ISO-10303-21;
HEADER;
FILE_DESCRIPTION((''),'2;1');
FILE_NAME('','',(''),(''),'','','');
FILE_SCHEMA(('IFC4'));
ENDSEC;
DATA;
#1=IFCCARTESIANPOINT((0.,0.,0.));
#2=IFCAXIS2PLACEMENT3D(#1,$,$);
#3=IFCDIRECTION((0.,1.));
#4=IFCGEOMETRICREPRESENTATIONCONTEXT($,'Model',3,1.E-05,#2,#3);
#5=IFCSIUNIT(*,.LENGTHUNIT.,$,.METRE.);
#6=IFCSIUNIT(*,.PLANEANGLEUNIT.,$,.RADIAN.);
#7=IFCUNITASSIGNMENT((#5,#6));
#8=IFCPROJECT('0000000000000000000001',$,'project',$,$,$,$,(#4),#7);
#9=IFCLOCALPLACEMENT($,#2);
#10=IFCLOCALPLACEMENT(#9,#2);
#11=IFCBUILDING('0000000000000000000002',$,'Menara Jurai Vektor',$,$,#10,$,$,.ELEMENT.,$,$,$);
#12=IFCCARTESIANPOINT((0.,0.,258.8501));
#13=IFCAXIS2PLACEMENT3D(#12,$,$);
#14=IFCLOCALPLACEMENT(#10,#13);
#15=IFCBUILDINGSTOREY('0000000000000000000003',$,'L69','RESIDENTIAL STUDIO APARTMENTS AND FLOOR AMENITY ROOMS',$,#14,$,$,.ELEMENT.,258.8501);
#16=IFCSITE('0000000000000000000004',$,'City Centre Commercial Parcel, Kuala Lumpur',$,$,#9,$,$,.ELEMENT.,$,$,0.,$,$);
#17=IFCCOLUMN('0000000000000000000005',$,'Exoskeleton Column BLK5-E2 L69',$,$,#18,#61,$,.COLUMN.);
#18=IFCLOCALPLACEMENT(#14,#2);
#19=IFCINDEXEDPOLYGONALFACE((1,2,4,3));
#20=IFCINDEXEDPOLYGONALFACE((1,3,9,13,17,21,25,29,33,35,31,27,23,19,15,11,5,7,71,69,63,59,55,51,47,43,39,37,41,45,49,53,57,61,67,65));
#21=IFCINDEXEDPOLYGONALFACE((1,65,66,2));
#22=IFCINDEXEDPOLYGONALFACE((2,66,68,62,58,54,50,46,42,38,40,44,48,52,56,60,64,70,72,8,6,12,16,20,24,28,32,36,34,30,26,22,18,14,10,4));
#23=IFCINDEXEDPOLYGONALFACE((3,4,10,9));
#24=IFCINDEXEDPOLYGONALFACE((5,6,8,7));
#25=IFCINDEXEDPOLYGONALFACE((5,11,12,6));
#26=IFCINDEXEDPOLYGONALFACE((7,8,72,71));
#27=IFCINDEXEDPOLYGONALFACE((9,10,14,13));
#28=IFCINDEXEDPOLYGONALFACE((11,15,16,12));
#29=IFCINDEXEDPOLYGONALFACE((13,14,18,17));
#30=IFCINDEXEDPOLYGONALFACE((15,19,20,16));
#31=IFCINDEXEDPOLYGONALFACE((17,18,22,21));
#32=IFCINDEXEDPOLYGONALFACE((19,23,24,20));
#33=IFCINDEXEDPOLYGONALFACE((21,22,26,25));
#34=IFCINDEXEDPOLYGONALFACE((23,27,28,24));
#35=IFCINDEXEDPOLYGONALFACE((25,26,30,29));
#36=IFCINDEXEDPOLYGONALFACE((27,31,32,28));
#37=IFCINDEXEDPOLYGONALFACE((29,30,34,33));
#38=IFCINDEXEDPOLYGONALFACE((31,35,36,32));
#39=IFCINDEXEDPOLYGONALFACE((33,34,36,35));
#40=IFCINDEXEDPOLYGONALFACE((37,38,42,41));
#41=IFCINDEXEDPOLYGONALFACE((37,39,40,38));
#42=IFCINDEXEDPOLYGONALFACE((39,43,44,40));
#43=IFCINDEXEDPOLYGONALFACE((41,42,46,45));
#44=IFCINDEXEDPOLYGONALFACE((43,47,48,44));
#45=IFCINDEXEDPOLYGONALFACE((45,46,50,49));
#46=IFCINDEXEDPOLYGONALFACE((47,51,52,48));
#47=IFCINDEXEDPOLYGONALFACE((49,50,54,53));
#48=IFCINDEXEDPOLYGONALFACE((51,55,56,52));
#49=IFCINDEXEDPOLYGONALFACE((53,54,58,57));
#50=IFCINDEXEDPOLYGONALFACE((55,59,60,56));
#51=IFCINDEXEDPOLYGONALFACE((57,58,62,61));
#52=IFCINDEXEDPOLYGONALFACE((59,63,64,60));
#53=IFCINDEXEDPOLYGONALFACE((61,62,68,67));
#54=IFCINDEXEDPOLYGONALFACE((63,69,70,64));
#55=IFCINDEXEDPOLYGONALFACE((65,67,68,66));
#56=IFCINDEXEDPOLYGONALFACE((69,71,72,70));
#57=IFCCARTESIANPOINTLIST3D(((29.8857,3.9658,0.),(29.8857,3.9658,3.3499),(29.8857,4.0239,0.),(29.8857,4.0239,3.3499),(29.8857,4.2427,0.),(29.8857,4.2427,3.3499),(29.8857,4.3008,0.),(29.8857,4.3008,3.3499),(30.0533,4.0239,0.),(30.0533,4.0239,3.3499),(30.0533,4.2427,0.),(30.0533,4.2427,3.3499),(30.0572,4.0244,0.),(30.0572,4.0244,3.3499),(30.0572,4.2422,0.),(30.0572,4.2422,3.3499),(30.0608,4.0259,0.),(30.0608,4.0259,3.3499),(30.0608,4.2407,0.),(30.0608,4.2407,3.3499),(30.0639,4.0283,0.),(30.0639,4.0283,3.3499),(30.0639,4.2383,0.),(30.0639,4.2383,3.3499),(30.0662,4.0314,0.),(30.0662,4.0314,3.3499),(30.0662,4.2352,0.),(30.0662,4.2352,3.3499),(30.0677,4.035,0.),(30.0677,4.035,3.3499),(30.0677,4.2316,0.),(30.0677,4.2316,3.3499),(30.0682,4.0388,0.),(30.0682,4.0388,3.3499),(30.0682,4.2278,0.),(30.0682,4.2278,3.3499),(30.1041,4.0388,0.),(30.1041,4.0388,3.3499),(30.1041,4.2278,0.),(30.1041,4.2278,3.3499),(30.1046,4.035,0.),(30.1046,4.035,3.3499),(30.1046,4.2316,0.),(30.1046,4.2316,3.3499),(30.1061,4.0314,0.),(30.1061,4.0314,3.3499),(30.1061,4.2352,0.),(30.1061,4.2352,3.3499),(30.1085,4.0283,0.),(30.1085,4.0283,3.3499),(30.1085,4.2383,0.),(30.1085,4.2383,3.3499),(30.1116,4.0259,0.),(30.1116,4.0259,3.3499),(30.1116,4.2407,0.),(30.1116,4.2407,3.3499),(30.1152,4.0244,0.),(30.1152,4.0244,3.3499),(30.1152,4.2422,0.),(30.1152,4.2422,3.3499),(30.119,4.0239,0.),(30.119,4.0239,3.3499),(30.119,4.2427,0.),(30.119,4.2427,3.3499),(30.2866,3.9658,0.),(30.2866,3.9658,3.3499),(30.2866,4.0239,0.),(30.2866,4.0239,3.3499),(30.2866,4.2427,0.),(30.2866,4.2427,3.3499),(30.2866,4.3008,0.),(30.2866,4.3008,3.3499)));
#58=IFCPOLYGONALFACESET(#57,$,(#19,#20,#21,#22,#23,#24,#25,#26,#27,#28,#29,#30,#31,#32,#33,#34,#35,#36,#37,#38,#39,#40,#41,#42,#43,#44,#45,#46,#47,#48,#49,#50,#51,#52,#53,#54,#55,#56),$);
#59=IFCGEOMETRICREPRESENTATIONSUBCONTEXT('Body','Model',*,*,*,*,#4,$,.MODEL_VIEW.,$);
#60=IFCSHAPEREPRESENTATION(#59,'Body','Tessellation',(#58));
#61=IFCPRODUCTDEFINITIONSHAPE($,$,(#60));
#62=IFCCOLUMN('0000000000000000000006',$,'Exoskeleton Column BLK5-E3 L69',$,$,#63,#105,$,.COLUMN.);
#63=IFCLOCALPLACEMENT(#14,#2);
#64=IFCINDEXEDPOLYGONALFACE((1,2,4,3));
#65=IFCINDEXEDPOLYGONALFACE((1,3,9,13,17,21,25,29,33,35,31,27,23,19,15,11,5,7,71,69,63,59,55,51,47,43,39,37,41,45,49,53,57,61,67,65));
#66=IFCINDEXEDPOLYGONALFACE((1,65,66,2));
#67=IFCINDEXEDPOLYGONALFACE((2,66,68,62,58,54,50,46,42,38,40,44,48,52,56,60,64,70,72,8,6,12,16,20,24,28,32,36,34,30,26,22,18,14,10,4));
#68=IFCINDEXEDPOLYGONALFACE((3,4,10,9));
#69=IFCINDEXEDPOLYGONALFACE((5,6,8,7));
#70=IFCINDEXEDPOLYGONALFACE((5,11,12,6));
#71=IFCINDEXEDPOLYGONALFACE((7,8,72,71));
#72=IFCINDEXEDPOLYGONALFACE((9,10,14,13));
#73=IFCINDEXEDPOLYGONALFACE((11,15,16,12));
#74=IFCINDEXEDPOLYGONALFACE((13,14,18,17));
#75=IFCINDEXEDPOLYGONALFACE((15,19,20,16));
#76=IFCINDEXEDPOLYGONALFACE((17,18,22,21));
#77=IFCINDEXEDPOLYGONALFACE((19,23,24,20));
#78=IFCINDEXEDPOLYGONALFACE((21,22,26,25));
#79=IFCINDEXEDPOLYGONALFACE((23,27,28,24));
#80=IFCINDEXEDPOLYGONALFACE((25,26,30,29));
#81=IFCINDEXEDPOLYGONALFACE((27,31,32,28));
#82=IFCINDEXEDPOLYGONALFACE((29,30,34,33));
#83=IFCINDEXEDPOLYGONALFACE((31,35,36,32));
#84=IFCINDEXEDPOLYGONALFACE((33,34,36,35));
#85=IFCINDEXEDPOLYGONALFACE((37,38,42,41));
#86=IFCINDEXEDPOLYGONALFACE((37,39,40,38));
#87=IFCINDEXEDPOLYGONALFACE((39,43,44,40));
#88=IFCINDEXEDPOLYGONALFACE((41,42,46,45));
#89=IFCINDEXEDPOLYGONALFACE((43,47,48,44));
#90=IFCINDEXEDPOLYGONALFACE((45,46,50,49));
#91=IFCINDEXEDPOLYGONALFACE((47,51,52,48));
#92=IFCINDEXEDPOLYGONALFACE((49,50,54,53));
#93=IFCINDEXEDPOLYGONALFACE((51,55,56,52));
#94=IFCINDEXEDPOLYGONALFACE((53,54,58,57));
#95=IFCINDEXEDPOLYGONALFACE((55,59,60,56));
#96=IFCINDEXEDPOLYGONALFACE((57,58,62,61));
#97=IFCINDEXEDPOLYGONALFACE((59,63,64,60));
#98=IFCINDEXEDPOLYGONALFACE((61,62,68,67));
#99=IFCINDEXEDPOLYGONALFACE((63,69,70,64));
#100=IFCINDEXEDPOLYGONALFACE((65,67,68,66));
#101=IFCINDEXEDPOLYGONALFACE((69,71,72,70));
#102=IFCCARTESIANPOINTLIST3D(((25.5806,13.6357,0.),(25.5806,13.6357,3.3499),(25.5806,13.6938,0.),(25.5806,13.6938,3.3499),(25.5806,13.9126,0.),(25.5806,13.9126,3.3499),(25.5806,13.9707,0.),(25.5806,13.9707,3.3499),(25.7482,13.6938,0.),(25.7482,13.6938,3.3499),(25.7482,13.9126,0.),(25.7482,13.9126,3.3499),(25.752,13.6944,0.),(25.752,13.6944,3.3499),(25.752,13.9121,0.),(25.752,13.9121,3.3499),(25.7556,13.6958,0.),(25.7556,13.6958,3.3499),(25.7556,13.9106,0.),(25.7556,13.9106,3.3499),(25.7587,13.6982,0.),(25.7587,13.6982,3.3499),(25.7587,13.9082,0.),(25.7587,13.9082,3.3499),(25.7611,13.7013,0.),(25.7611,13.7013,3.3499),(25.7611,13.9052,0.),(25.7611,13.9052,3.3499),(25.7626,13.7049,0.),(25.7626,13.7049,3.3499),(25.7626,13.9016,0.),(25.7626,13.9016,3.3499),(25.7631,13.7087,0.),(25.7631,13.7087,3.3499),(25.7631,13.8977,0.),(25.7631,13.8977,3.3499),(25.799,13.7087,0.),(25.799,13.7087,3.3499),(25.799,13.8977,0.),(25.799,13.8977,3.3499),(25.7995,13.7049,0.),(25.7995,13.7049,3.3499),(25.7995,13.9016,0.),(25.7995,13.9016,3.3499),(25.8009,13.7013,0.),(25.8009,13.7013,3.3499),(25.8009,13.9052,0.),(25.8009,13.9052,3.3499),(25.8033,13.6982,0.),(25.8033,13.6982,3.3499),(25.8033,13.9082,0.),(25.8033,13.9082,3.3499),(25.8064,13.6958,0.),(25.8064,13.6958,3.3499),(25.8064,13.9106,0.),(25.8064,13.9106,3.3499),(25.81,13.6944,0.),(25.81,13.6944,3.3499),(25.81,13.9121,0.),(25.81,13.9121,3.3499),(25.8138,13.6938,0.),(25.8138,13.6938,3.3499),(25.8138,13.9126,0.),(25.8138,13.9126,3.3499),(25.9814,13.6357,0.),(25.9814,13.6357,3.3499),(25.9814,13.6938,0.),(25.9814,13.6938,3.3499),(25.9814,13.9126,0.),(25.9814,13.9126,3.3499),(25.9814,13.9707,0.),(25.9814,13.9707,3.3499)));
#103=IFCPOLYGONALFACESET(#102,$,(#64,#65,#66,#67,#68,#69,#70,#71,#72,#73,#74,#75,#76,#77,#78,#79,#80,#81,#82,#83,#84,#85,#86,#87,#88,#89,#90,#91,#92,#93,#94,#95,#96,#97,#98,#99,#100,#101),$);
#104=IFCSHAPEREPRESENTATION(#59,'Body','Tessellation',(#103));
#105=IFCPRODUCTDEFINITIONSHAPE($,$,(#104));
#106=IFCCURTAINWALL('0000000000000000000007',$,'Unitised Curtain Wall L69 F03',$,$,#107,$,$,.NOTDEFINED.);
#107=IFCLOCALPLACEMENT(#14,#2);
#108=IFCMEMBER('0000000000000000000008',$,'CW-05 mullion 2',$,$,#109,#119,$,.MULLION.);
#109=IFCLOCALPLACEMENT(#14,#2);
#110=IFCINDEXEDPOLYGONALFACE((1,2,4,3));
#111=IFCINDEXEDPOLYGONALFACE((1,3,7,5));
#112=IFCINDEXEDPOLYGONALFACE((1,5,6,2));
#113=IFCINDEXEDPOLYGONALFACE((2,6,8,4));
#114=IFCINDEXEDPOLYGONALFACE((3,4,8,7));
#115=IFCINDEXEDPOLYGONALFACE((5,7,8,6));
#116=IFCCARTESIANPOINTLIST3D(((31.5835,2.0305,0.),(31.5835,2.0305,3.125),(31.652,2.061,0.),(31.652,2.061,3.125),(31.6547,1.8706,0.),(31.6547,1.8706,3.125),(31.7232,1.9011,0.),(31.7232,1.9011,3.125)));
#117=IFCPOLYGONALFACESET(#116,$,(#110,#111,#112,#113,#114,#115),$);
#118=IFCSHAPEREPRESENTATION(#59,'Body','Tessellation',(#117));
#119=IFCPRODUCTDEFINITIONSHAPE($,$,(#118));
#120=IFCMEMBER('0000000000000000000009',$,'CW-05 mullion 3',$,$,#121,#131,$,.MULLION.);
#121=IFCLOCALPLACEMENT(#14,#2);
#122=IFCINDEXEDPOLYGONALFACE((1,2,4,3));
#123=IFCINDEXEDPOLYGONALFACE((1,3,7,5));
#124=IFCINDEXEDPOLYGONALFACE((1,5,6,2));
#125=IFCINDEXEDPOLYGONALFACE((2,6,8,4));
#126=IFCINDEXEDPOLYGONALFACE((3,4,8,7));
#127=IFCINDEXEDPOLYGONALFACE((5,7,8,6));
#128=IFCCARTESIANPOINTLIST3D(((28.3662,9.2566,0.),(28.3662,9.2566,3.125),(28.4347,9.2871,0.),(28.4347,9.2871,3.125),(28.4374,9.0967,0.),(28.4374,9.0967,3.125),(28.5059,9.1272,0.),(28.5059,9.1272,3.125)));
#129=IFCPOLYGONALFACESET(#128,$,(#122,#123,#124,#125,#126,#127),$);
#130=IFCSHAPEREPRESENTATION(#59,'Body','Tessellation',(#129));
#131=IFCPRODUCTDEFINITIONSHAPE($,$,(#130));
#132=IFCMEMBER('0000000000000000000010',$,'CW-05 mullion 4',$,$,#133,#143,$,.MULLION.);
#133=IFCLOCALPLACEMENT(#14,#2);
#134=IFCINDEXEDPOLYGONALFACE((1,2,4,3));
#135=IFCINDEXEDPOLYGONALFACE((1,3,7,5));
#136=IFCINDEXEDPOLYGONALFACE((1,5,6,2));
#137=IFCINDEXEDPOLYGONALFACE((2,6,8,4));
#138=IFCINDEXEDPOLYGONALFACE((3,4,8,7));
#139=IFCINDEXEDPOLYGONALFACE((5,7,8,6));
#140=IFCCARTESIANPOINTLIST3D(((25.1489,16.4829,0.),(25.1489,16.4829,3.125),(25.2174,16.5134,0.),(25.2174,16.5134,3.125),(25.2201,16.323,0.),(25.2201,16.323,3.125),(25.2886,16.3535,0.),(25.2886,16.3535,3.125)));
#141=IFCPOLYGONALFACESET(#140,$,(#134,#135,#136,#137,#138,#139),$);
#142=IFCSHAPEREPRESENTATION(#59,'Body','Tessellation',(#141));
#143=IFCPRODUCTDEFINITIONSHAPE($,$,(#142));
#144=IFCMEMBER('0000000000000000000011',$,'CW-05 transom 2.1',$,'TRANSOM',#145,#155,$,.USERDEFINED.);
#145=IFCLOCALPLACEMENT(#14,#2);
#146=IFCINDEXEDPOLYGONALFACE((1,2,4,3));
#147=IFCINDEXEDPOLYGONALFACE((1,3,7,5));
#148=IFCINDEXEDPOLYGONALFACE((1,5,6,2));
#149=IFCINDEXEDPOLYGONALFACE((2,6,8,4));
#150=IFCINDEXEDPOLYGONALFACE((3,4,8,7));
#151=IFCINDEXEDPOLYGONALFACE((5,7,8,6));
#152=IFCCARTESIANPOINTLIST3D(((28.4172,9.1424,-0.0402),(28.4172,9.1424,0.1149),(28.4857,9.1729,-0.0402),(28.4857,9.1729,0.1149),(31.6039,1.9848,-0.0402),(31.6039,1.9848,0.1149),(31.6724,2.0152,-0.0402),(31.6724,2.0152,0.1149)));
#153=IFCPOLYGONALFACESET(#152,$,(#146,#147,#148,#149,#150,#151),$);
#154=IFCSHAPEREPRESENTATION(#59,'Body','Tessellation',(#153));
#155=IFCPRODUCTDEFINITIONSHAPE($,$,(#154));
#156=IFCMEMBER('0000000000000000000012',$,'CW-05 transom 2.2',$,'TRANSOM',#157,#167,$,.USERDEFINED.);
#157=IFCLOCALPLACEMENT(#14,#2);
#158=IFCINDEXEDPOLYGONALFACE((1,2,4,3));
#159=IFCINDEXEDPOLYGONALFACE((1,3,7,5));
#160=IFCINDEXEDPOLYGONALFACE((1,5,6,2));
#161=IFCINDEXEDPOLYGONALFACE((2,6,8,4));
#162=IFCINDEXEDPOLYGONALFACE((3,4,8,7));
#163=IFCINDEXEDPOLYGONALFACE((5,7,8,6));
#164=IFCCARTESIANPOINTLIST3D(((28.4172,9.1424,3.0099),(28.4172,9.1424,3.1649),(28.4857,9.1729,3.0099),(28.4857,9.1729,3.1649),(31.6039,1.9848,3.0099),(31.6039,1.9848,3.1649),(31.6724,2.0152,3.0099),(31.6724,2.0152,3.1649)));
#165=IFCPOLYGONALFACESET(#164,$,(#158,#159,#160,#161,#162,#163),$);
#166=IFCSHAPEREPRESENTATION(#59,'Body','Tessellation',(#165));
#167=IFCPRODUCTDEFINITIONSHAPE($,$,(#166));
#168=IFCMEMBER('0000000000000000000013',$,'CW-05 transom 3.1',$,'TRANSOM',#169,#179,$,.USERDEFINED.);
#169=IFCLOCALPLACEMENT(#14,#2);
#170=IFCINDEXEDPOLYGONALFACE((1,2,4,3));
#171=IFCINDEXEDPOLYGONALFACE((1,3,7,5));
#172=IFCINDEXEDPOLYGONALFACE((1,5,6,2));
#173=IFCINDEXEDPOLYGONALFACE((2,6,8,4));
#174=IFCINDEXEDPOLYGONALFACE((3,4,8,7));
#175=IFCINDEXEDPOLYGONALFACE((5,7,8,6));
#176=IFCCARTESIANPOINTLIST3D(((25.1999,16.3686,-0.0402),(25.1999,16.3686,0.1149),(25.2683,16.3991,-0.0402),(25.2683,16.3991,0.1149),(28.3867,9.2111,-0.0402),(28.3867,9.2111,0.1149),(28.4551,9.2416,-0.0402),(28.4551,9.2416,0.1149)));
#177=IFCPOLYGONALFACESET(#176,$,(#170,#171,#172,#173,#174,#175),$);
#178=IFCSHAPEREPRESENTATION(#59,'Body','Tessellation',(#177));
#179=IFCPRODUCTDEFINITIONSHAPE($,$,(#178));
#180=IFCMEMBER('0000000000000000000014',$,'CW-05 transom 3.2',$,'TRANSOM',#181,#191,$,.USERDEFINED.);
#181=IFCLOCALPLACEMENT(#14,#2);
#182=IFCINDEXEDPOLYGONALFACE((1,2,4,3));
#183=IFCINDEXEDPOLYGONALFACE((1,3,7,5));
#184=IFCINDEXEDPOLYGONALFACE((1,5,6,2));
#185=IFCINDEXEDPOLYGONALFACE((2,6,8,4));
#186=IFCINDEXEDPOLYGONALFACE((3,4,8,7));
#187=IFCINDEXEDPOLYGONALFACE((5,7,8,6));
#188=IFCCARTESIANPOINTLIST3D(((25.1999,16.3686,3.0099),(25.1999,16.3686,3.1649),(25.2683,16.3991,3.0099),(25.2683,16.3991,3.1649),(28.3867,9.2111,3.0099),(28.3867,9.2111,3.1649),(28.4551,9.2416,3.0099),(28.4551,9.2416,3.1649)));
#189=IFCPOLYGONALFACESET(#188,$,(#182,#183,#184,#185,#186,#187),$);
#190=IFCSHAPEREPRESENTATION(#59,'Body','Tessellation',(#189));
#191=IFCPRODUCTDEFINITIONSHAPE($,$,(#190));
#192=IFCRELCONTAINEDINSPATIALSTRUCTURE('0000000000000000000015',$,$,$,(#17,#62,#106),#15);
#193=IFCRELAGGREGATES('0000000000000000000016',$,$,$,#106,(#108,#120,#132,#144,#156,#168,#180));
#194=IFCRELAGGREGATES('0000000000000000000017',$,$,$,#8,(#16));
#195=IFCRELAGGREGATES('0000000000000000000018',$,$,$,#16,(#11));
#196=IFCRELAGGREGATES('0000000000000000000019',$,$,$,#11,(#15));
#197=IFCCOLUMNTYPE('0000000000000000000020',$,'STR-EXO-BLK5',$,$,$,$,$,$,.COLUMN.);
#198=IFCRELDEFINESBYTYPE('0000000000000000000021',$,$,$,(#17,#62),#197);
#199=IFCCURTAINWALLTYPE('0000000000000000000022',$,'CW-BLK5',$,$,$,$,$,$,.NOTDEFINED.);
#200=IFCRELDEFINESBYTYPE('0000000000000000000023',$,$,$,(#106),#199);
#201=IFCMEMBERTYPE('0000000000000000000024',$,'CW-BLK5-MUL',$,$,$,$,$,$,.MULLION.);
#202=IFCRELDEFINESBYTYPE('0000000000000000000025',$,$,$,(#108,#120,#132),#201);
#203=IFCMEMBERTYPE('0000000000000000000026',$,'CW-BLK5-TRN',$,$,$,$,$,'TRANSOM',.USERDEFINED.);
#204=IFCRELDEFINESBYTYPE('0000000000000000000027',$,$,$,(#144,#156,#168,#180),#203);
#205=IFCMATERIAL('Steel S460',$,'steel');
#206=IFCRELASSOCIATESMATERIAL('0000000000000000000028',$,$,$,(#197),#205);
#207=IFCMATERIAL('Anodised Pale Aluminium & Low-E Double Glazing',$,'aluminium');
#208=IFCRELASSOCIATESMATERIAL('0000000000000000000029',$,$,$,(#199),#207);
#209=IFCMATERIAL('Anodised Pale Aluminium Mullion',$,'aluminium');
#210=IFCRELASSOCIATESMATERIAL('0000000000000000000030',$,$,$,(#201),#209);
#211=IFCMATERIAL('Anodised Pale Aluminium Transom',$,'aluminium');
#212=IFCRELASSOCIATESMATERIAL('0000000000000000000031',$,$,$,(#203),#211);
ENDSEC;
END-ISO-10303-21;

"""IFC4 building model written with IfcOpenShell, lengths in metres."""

from ifc_helpers import new_model, si_unit, direction, frame, origin, origin_2d, place, context, subcontext, project, spatial, rectangle, i_section, extrude, material, material_profile, profile_set, type_object, element, aggregate, save


model = new_model("IFC4")

# Units and contexts
model_context = context("Model", 3, precision=1e-05, world=origin(), true_north=direction((0.0, 1.0)))
body_context = subcontext(model_context, "Body", "Model", "MODEL_VIEW")
ifc_project = project(units=[si_unit("LENGTHUNIT", "METRE"), si_unit("PLANEANGLEUNIT", "RADIAN")], contexts=[model_context])

# Site, building, storey
site_placement = place(None, origin())
site = spatial("IfcSite", under=ifc_project, at=site_placement, Name="City Centre Commercial Parcel, Kuala Lumpur", CompositionType="ELEMENT", RefElevation=0.0)
building_placement = place(site_placement, origin())
building = spatial("IfcBuilding", under=site, at=building_placement, Name="Menara Jurai Vektor", CompositionType="ELEMENT")
storey_placement = place(building_placement, frame((0.0, 0.0, 258.8501)))
storey = spatial("IfcBuildingStorey", under=building, at=storey_placement, Name="L69", Description="RESIDENTIAL STUDIO APARTMENTS AND FLOOR AMENITY ROOMS", CompositionType="ELEMENT", Elevation=258.8501)

# Columns
ifc_material_1 = material(Name="Steel S460", Category="steel")
ifc_material_profile_1 = material_profile(ifc_material_1, i_section(OverallWidth=0.4009, OverallDepth=0.335, WebThickness=0.0359, FlangeThickness=0.0581, FilletRadius=0.0149, at=origin_2d()), Name="HD 400x463")
ifc_profile_set_1 = profile_set([ifc_material_profile_1], Name="Steel S460")
column_type = type_object("IfcColumnType", Name="STR-EXO-BLK5", PredefinedType="COLUMN", material=ifc_profile_set_1)
for number, where, z_axis, x_axis, name in (
    (1, (30.0862, 4.1333, 0.0), (0.0, 0.0, 1.0), (1.0, 0.0, 0.0), "Exoskeleton Column BLK5-E2 L69"),
    (2, (25.781, 13.8032, 0.0), (0.0, 0.0, 1.0), (1.0, 0.0, 0.0), "Exoskeleton Column BLK5-E3 L69"),
):
    element("IfcColumn", number, at=place(storey_placement, frame(where, z_axis=z_axis, x_axis=x_axis)), inside=storey, type_object=column_type, Name=name, PredefinedType="COLUMN", context=body_context, shape_type="SweptSolid", body=[
        extrude(i_section(OverallWidth=0.4009, OverallDepth=0.335, WebThickness=0.0359, FlangeThickness=0.0581, FilletRadius=0.0149, at=origin_2d()), origin(), (0.0, 0.0, 1.0), 3.3499),
    ])

# Curtain wall, members
ifc_material_2 = material(Name="Anodised Pale Aluminium & Low-E Double Glazing", Category="aluminium")
curtain_wall_type = type_object("IfcCurtainWallType", Name="CW-BLK5", PredefinedType="NOTDEFINED", material=ifc_material_2)
curtain_wall_placement = place(storey_placement, origin())
curtain_wall = element("IfcCurtainWall", 3, at=curtain_wall_placement, inside=storey, type_object=curtain_wall_type, Name="Unitised Curtain Wall L69 F03", PredefinedType="NOTDEFINED")
ifc_material_3 = material(Name="Anodised Pale Aluminium Mullion", Category="aluminium")
ifc_material_profile_2 = material_profile(ifc_material_3, rectangle(XDim=0.075, YDim=0.175, at=origin_2d()), Name="ALU MUL 75x175")
ifc_profile_set_2 = profile_set([ifc_material_profile_2], Name="Anodised Pale Aluminium Mullion")
member_type_1 = type_object("IfcMemberType", Name="CW-BLK5-MUL", PredefinedType="MULLION", material=ifc_profile_set_2)
member_1_placement = place(storey_placement, frame((31.6533, 1.9658, 0.0), z_axis=(0.0, 0.0, 1.0), x_axis=(-0.913546, -0.406735, 0.0)))
member_1 = element("IfcMember", 4, at=member_1_placement, type_object=member_type_1, Name="CW-05 mullion 2", PredefinedType="MULLION", context=body_context, shape_type="SweptSolid", body=[
    extrude(rectangle(XDim=0.075, YDim=0.175, at=origin_2d()), origin(), (0.0, 0.0, 1.0), 3.125),
])
member_2_placement = place(storey_placement, frame((28.436, 9.1919, 0.0), z_axis=(0.0, 0.0, 1.0), x_axis=(-0.913546, -0.406735, 0.0)))
member_2 = element("IfcMember", 5, at=member_2_placement, type_object=member_type_1, Name="CW-05 mullion 3", PredefinedType="MULLION", context=body_context, shape_type="SweptSolid", body=[
    extrude(rectangle(XDim=0.075, YDim=0.175, at=origin_2d()), origin(), (0.0, 0.0, 1.0), 3.125),
])
member_3_placement = place(storey_placement, frame((25.2188, 16.4182, 0.0), z_axis=(0.0, 0.0, 1.0), x_axis=(-0.913546, -0.406735, 0.0)))
member_3 = element("IfcMember", 6, at=member_3_placement, type_object=member_type_1, Name="CW-05 mullion 4", PredefinedType="MULLION", context=body_context, shape_type="SweptSolid", body=[
    extrude(rectangle(XDim=0.075, YDim=0.175, at=origin_2d()), origin(), (0.0, 0.0, 1.0), 3.125),
])
ifc_material_4 = material(Name="Anodised Pale Aluminium Transom", Category="aluminium")
ifc_material_profile_3 = material_profile(ifc_material_4, rectangle(XDim=0.075, YDim=0.155, at=origin_2d()), Name="ALU TRN 75x155")
ifc_profile_set_3 = profile_set([ifc_material_profile_3], Name="Anodised Pale Aluminium Transom")
member_type_2 = type_object("IfcMemberType", Name="CW-BLK5-TRN", ElementType="TRANSOM", PredefinedType="USERDEFINED", material=ifc_profile_set_3)
member_4_placement = place(storey_placement, frame((31.6382, 2.0, 0.0374), z_axis=(-0.406731, 0.913548, 0.0), x_axis=(-0.913548, -0.406731, 0.0)))
member_4 = element("IfcMember", 7, at=member_4_placement, type_object=member_type_2, Name="CW-05 transom 2.1", ObjectType="TRANSOM", PredefinedType="USERDEFINED", context=body_context, shape_type="SweptSolid", body=[
    extrude(rectangle(XDim=0.075, YDim=0.155, at=origin_2d()), origin(), (0.0, 0.0, 1.0), 7.835),
])
member_5_placement = place(storey_placement, frame((31.6382, 2.0, 3.0874), z_axis=(-0.406731, 0.913548, 0.0), x_axis=(-0.913548, -0.406731, 0.0)))
member_5 = element("IfcMember", 8, at=member_5_placement, type_object=member_type_2, Name="CW-05 transom 2.2", ObjectType="TRANSOM", PredefinedType="USERDEFINED", context=body_context, shape_type="SweptSolid", body=[
    extrude(rectangle(XDim=0.075, YDim=0.155, at=origin_2d()), origin(), (0.0, 0.0, 1.0), 7.835),
])
member_6_placement = place(storey_placement, frame((28.4209, 9.2263, 0.0374), z_axis=(-0.406743, 0.913543, 0.0), x_axis=(-0.913543, -0.406743, 0.0)))
member_6 = element("IfcMember", 9, at=member_6_placement, type_object=member_type_2, Name="CW-05 transom 3.1", ObjectType="TRANSOM", PredefinedType="USERDEFINED", context=body_context, shape_type="SweptSolid", body=[
    extrude(rectangle(XDim=0.075, YDim=0.155, at=origin_2d()), origin(), (0.0, 0.0, 1.0), 7.835),
])
member_7_placement = place(storey_placement, frame((28.4209, 9.2263, 3.0874), z_axis=(-0.406743, 0.913543, 0.0), x_axis=(-0.913543, -0.406743, 0.0)))
member_7 = element("IfcMember", 10, at=member_7_placement, type_object=member_type_2, Name="CW-05 transom 3.2", ObjectType="TRANSOM", PredefinedType="USERDEFINED", context=body_context, shape_type="SweptSolid", body=[
    extrude(rectangle(XDim=0.075, YDim=0.155, at=origin_2d()), origin(), (0.0, 0.0, 1.0), 7.835),
])

aggregate(curtain_wall, [member_1, member_2, member_3, member_4, member_5, member_6, member_7])

save(model, "model.ifc")
